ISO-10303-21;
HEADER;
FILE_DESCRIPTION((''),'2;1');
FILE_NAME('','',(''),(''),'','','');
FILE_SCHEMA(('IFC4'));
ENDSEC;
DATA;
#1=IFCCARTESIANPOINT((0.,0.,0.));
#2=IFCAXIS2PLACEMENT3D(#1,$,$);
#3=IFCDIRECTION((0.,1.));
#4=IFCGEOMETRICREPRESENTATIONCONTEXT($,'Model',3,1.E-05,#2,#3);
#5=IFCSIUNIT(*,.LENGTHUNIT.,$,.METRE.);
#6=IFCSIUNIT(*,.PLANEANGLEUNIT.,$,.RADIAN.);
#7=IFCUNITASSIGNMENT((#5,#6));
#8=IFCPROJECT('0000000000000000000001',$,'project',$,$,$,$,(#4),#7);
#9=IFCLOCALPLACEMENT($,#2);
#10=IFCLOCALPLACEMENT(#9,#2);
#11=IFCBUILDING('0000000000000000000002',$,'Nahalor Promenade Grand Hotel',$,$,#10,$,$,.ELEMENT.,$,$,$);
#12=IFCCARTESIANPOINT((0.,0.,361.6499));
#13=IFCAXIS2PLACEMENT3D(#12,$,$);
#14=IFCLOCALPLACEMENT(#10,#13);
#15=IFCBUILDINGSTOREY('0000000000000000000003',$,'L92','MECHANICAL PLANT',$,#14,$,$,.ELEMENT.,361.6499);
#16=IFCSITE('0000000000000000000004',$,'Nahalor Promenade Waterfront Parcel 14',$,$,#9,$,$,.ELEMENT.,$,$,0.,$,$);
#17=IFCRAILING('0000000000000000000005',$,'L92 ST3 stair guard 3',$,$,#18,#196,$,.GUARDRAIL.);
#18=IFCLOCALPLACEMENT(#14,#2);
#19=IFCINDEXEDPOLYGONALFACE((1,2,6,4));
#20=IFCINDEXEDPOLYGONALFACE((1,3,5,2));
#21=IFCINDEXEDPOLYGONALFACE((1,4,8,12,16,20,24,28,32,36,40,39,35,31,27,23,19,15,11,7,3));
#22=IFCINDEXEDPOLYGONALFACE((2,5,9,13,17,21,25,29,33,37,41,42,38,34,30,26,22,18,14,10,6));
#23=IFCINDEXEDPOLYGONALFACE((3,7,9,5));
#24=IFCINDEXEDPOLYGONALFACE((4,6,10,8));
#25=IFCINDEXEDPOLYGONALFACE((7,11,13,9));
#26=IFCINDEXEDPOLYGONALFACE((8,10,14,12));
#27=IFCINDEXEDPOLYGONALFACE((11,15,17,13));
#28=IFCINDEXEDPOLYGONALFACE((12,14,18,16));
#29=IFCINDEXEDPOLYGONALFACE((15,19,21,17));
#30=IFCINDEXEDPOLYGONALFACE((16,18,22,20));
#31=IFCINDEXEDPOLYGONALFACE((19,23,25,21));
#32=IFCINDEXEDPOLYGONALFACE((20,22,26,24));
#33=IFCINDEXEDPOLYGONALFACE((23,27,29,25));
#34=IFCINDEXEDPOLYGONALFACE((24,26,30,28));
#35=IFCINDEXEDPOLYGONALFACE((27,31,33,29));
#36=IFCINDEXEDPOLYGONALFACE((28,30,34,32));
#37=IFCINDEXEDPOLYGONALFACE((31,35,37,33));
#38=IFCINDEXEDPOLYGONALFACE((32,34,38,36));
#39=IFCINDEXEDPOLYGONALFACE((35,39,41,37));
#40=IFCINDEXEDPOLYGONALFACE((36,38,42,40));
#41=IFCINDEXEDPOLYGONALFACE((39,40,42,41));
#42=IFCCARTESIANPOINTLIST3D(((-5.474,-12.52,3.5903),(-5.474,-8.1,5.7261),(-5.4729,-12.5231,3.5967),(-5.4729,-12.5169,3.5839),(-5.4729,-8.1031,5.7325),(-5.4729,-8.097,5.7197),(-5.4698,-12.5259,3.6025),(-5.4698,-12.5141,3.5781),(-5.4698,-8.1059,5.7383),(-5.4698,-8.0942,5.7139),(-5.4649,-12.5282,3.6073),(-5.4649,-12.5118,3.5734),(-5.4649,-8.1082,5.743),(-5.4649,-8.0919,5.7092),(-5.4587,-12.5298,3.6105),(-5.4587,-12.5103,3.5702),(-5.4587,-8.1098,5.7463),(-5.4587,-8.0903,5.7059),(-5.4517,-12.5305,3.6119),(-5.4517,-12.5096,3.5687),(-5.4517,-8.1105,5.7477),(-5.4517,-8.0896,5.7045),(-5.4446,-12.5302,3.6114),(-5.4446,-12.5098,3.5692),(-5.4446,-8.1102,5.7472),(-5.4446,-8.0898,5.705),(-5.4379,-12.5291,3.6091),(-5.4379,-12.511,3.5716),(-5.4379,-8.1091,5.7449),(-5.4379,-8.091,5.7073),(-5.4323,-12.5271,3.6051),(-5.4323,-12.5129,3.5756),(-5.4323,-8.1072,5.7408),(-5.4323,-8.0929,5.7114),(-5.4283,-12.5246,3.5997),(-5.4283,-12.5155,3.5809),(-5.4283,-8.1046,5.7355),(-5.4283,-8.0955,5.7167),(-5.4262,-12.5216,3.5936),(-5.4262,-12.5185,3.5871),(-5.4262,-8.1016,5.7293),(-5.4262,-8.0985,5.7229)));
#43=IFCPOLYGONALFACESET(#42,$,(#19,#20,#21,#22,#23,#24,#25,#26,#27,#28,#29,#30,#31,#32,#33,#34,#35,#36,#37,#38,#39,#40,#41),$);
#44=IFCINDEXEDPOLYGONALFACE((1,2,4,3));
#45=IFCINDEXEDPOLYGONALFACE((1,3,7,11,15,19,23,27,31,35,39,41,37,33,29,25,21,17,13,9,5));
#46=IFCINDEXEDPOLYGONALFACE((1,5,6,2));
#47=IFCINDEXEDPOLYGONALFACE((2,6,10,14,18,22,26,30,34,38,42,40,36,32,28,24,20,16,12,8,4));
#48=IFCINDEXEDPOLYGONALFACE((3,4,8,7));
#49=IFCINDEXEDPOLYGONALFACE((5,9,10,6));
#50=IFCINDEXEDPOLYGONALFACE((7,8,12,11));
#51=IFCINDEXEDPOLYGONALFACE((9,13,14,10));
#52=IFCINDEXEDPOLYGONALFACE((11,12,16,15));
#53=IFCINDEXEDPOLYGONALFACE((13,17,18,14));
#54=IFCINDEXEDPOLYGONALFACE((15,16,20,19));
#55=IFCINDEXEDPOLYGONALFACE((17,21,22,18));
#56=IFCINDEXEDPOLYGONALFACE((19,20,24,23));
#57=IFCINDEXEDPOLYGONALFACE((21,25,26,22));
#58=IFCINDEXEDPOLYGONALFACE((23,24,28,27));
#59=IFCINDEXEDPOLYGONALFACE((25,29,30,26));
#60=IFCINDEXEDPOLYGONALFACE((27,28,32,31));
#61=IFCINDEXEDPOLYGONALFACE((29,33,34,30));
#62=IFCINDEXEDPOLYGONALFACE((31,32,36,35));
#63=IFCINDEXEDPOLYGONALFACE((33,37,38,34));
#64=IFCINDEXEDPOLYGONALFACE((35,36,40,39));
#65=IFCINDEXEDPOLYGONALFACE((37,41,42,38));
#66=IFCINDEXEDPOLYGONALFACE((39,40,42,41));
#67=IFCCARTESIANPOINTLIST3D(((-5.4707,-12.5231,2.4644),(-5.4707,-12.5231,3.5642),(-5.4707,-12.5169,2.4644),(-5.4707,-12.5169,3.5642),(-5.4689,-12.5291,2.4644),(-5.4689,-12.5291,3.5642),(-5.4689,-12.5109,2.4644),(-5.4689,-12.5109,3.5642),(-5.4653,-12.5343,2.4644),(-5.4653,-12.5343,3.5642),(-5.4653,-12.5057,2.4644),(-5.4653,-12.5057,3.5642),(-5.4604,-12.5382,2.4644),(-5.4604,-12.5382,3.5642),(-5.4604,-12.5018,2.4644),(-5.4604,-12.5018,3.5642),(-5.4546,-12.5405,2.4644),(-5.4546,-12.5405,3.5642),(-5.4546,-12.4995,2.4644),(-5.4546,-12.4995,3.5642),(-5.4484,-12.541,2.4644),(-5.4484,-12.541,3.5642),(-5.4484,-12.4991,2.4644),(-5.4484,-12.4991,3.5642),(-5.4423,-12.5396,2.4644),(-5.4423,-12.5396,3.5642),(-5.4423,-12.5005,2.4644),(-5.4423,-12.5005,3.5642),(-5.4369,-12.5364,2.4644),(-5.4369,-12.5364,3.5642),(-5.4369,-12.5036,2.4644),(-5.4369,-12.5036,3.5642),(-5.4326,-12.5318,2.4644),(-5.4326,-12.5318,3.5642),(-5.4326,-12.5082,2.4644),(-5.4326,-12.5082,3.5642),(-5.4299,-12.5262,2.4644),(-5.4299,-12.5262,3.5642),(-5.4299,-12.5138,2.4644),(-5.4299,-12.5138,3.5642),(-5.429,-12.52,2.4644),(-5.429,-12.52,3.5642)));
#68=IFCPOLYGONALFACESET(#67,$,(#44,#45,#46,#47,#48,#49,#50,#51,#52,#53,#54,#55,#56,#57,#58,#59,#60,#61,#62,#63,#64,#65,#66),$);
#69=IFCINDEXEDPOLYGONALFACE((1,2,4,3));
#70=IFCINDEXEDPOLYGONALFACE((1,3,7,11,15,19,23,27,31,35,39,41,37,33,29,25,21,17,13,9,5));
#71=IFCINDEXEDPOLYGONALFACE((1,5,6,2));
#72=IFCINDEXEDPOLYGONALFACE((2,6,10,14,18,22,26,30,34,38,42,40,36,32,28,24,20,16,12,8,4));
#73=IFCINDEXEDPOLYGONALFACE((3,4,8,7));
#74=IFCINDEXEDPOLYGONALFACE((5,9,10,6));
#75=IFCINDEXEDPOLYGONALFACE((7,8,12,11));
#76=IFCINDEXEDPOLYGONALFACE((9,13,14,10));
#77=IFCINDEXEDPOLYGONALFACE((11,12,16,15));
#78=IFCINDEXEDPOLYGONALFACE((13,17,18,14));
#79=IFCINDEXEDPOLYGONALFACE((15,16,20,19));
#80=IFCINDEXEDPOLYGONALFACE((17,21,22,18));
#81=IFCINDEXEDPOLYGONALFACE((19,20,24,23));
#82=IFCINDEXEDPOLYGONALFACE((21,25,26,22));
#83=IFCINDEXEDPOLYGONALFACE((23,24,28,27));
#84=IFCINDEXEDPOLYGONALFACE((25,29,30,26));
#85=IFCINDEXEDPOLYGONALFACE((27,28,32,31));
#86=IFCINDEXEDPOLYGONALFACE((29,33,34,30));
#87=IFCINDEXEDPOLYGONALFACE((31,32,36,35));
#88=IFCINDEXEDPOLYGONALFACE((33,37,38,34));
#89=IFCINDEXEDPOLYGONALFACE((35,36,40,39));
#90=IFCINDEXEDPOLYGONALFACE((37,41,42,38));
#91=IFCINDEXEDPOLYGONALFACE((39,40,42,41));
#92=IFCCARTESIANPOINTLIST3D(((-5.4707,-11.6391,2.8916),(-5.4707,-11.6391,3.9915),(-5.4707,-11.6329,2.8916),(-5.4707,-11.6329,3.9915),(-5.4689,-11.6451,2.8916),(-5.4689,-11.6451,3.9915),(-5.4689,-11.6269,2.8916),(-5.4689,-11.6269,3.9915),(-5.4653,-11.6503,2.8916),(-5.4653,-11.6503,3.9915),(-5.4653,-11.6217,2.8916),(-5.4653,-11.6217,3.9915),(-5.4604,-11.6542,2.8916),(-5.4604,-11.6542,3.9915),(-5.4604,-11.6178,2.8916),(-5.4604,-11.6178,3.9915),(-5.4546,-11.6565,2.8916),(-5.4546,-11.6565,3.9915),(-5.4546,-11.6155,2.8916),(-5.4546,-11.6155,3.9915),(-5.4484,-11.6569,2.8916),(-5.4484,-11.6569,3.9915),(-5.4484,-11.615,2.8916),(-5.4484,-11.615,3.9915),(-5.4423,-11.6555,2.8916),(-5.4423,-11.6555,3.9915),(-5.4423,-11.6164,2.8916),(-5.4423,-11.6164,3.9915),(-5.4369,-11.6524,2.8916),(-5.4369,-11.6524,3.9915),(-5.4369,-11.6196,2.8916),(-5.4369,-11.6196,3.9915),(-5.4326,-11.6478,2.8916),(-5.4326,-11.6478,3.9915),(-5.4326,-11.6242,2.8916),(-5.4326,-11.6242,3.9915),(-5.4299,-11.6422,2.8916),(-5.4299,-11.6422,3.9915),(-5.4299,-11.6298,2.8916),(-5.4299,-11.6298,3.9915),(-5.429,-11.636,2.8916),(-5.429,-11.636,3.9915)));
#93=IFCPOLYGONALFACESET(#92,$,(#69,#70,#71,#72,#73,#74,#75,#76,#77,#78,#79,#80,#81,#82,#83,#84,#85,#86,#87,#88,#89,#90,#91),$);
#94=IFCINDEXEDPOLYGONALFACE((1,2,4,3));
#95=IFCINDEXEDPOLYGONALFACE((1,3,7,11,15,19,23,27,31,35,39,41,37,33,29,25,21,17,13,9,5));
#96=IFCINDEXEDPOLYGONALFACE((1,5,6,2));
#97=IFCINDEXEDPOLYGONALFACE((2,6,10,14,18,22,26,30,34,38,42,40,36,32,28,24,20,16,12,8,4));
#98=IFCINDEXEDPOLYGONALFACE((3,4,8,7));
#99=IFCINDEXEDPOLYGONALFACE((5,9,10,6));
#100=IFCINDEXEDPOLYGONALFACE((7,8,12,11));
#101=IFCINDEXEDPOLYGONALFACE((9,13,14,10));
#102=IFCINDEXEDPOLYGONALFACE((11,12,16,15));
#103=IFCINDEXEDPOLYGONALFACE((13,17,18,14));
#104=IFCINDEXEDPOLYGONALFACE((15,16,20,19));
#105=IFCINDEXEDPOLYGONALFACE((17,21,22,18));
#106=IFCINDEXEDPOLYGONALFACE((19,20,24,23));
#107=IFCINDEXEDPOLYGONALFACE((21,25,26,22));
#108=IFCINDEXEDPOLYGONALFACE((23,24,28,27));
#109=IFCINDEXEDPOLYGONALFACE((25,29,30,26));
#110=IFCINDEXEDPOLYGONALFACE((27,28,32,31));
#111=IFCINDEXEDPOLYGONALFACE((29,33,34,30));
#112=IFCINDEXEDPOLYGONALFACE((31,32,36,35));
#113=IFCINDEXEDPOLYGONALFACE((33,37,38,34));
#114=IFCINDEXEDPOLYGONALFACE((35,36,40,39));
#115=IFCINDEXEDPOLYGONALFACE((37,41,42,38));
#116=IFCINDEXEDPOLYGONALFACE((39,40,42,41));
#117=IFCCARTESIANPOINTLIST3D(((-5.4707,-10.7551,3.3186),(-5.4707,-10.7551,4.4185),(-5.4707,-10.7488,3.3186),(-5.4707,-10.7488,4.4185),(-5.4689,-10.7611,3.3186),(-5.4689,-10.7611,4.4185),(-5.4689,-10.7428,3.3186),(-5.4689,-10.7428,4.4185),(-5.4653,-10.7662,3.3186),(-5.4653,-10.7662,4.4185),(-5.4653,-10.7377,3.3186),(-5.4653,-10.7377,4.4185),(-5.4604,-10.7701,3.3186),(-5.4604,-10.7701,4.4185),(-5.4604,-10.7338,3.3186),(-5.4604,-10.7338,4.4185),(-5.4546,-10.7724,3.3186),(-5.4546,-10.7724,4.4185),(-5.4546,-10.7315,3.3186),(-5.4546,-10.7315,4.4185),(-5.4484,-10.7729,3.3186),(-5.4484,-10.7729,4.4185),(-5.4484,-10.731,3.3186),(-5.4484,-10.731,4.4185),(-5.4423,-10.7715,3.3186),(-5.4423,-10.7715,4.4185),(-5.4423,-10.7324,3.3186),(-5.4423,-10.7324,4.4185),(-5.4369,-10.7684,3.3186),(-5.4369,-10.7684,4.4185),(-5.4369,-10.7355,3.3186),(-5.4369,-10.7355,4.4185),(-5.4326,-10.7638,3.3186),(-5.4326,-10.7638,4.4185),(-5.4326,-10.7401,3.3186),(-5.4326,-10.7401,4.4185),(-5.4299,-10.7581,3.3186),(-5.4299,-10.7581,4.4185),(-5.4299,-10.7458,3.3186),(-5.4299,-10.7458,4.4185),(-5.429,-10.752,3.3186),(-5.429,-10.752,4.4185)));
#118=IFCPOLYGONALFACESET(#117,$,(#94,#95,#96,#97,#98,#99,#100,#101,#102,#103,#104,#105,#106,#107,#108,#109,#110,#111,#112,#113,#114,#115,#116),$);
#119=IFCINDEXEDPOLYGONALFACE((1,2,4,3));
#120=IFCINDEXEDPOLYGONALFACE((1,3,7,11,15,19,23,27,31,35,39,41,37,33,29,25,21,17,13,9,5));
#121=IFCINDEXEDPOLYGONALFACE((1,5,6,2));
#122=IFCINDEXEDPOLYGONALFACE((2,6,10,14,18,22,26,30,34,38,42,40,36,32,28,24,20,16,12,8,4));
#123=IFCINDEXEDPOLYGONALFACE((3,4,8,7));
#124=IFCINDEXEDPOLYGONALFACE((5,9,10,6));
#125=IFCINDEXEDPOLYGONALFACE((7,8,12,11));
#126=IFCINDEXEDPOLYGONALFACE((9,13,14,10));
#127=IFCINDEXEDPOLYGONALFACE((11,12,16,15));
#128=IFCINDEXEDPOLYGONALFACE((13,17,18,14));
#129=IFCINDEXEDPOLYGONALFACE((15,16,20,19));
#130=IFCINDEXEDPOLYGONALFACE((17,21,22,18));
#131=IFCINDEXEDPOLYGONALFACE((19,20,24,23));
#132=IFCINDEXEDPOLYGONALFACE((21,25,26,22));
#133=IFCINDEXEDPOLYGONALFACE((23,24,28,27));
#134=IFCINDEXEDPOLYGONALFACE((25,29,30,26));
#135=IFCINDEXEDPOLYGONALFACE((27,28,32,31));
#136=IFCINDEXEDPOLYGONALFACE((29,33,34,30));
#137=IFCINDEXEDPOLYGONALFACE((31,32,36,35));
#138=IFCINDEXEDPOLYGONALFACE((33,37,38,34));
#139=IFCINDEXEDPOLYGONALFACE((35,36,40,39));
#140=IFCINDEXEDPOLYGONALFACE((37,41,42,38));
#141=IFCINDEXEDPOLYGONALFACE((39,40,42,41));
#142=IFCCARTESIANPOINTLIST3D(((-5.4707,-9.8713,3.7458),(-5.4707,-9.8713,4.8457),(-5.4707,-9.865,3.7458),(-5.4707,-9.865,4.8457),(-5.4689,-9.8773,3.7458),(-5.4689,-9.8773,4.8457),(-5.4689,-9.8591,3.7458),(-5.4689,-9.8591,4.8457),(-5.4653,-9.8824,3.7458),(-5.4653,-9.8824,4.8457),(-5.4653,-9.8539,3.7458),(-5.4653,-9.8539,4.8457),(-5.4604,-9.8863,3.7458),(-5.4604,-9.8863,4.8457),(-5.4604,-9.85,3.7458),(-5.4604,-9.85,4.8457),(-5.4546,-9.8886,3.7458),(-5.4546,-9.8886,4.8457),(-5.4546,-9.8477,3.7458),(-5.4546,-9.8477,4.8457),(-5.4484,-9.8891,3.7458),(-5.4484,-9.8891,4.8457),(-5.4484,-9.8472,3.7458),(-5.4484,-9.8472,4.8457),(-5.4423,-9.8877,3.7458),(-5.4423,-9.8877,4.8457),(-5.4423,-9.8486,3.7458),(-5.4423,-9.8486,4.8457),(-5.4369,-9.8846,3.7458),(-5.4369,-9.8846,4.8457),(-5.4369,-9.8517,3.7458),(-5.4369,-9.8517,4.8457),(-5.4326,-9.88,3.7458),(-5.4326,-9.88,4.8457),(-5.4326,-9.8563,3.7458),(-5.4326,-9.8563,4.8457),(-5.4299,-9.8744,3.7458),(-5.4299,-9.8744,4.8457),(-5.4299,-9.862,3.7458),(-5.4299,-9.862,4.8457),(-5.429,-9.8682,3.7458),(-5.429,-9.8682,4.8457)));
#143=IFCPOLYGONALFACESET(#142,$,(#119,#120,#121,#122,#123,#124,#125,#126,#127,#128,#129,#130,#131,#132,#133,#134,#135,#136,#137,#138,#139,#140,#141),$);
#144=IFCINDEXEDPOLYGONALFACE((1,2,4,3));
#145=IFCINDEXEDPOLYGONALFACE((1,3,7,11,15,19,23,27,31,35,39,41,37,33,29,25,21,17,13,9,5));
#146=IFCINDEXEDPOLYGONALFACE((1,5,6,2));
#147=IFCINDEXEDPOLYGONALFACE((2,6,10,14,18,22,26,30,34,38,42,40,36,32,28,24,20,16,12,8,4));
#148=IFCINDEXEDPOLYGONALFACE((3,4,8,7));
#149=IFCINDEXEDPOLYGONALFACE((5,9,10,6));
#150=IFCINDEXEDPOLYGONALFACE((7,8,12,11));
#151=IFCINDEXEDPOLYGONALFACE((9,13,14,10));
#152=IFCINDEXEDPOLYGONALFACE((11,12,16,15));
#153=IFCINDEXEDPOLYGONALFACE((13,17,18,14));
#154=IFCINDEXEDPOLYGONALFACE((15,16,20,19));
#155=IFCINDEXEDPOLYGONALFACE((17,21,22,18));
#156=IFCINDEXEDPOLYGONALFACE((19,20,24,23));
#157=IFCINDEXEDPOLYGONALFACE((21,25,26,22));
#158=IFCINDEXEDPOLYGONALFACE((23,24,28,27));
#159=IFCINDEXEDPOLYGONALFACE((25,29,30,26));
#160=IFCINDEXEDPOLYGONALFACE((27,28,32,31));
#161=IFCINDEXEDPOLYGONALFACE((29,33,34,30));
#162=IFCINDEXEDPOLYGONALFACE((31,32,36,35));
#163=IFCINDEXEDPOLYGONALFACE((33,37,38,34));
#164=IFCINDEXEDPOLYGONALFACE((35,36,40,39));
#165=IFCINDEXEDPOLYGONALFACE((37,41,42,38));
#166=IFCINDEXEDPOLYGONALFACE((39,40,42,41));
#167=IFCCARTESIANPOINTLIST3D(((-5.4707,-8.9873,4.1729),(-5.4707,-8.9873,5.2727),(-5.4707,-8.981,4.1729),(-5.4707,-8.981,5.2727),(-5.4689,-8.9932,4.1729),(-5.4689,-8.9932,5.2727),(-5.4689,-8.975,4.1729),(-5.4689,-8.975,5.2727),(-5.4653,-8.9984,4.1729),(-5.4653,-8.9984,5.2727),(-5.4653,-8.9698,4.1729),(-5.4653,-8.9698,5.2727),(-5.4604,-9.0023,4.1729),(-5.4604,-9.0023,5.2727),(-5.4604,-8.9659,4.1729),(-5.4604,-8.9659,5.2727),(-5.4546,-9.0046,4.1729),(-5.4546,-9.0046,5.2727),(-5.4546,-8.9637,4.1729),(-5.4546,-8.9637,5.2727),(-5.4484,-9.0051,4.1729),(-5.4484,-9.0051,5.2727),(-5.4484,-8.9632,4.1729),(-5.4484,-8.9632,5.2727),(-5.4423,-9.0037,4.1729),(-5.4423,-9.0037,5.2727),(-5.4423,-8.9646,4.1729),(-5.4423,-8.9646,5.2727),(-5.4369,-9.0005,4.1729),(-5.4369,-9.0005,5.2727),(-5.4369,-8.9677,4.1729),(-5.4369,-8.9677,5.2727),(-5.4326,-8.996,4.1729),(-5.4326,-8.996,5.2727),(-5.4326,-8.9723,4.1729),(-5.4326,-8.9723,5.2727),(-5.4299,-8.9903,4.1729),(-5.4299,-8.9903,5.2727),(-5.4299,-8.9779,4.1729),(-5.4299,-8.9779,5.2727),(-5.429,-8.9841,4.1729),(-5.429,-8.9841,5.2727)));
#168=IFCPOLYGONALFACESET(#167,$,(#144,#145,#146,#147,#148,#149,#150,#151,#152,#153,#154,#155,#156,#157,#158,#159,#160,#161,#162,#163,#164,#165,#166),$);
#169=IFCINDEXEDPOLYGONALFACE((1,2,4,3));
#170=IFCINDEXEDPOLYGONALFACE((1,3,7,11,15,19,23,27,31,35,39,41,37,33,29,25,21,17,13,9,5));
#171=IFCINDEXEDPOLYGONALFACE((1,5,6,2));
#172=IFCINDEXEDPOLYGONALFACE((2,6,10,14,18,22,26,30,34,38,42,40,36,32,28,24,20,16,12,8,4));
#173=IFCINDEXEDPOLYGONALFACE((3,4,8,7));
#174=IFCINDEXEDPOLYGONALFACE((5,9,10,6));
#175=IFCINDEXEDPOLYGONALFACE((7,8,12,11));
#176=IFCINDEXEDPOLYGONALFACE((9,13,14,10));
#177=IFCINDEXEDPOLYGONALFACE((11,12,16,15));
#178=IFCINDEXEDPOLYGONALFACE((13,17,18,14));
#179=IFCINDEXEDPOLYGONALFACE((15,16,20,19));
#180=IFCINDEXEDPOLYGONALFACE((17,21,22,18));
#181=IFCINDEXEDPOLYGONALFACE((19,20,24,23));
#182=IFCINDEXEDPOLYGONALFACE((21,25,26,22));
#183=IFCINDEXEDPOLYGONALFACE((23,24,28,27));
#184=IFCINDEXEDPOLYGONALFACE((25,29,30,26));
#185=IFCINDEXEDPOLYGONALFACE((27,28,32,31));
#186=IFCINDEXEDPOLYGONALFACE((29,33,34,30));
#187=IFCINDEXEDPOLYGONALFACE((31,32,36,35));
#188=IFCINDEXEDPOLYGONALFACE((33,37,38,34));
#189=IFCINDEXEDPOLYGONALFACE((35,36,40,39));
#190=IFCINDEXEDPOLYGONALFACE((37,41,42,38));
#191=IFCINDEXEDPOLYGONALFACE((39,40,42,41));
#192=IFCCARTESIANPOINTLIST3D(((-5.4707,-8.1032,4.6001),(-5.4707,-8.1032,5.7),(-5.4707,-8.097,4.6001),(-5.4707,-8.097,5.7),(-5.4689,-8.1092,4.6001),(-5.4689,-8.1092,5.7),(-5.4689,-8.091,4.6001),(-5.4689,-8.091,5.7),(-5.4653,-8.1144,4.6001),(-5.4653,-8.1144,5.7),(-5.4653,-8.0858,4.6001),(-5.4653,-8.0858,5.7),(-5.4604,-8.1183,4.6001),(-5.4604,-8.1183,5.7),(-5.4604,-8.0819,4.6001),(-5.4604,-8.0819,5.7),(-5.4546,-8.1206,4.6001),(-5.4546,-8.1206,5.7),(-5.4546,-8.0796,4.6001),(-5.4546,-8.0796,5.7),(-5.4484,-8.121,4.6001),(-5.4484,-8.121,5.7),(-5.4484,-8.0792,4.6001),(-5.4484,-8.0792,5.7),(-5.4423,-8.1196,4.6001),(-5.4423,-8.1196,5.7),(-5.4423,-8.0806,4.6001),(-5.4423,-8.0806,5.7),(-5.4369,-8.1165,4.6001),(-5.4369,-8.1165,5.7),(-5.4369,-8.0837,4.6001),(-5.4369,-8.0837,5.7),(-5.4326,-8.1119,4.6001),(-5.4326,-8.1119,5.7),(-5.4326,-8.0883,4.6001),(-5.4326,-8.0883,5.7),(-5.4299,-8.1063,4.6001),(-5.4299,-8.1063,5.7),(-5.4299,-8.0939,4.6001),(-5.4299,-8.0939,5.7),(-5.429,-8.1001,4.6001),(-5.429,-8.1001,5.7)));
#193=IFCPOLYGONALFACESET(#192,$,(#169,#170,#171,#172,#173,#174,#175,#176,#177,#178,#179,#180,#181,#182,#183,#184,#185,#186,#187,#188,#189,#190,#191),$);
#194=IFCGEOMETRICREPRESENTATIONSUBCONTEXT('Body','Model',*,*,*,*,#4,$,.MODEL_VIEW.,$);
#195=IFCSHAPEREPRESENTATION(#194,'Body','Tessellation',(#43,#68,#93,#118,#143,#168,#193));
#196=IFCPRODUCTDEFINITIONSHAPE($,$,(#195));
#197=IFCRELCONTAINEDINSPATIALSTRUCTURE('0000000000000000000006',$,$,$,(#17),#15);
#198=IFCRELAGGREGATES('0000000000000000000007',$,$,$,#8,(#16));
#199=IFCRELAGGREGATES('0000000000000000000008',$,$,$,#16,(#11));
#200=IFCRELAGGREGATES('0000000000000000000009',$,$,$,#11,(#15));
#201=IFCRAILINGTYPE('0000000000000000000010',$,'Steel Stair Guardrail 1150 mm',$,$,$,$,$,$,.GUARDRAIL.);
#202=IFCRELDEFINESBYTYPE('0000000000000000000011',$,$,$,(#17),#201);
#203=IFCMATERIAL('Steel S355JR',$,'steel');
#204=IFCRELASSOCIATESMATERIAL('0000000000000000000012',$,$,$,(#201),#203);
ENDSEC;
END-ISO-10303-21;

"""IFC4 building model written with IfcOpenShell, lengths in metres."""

from ifc_helpers import new_model, si_unit, direction, frame, origin, origin_2d, place, context, subcontext, project, spatial, circle, extrude, material, type_object, element, save


model = new_model("IFC4")

# Units and contexts
model_context = context("Model", 3, precision=1e-05, world=origin(), true_north=direction((0.0, 1.0)))
body_context = subcontext(model_context, "Body", "Model", "MODEL_VIEW")
ifc_project = project(units=[si_unit("LENGTHUNIT", "METRE"), si_unit("PLANEANGLEUNIT", "RADIAN")], contexts=[model_context])

# Site, building, storey
site_placement = place(None, origin())
site = spatial("IfcSite", under=ifc_project, at=site_placement, Name="Nahalor Promenade Waterfront Parcel 14", CompositionType="ELEMENT", RefElevation=0.0)
building_placement = place(site_placement, origin())
building = spatial("IfcBuilding", under=site, at=building_placement, Name="Nahalor Promenade Grand Hotel", CompositionType="ELEMENT")
storey_placement = place(building_placement, frame((0.0, 0.0, 361.6499)))
storey = spatial("IfcBuildingStorey", under=building, at=storey_placement, Name="L92", Description="MECHANICAL PLANT", CompositionType="ELEMENT", Elevation=361.6499)

# Shared definitions
ifc_material_1 = material(Name="Steel S355JR", Category="steel")

# Railing
railing_type_1 = type_object("IfcRailingType", Name="Steel Stair Guardrail 1150 mm", PredefinedType="GUARDRAIL", material=ifc_material_1)
railing_1_placement = place(storey_placement, frame((-5.45, -12.52, 2.4644)))
element("IfcRailing", 1, at=railing_1_placement, inside=storey, type_object=railing_type_1, Name="L92 ST3 stair guard 3", PredefinedType="GUARDRAIL", context=body_context, shape_type="SweptSolid", body=[
    extrude(circle(Radius=0.024, at=origin_2d()), frame((0.0, 0.0, 1.126), z_axis=(0.0, 0.900393, 0.435077), x_axis=(-1.0, 0.0, 0.0)), (0.0, 0.0, 1.0), 4.9089),
    extrude(circle(Radius=0.021, at=origin_2d()), origin(), (0.0, 0.0, 1.0), 1.0999),
    extrude(circle(Radius=0.021, at=origin_2d()), frame((0.0, 0.884, 0.4272)), (0.0, 0.0, 1.0), 1.0999),
    extrude(circle(Radius=0.021, at=origin_2d()), frame((0.0, 1.7681, 0.8542)), (0.0, 0.0, 1.0), 1.0999),
    extrude(circle(Radius=0.021, at=origin_2d()), frame((0.0, 2.6519, 1.2815)), (0.0, 0.0, 1.0), 1.0999),
    extrude(circle(Radius=0.021, at=origin_2d()), frame((0.0, 3.5359, 1.7085)), (0.0, 0.0, 1.0), 1.0999),
    extrude(circle(Radius=0.021, at=origin_2d()), frame((0.0, 4.4199, 2.1357)), (0.0, 0.0, 1.0), 1.0999),
])

save(model, "model.ifc")
